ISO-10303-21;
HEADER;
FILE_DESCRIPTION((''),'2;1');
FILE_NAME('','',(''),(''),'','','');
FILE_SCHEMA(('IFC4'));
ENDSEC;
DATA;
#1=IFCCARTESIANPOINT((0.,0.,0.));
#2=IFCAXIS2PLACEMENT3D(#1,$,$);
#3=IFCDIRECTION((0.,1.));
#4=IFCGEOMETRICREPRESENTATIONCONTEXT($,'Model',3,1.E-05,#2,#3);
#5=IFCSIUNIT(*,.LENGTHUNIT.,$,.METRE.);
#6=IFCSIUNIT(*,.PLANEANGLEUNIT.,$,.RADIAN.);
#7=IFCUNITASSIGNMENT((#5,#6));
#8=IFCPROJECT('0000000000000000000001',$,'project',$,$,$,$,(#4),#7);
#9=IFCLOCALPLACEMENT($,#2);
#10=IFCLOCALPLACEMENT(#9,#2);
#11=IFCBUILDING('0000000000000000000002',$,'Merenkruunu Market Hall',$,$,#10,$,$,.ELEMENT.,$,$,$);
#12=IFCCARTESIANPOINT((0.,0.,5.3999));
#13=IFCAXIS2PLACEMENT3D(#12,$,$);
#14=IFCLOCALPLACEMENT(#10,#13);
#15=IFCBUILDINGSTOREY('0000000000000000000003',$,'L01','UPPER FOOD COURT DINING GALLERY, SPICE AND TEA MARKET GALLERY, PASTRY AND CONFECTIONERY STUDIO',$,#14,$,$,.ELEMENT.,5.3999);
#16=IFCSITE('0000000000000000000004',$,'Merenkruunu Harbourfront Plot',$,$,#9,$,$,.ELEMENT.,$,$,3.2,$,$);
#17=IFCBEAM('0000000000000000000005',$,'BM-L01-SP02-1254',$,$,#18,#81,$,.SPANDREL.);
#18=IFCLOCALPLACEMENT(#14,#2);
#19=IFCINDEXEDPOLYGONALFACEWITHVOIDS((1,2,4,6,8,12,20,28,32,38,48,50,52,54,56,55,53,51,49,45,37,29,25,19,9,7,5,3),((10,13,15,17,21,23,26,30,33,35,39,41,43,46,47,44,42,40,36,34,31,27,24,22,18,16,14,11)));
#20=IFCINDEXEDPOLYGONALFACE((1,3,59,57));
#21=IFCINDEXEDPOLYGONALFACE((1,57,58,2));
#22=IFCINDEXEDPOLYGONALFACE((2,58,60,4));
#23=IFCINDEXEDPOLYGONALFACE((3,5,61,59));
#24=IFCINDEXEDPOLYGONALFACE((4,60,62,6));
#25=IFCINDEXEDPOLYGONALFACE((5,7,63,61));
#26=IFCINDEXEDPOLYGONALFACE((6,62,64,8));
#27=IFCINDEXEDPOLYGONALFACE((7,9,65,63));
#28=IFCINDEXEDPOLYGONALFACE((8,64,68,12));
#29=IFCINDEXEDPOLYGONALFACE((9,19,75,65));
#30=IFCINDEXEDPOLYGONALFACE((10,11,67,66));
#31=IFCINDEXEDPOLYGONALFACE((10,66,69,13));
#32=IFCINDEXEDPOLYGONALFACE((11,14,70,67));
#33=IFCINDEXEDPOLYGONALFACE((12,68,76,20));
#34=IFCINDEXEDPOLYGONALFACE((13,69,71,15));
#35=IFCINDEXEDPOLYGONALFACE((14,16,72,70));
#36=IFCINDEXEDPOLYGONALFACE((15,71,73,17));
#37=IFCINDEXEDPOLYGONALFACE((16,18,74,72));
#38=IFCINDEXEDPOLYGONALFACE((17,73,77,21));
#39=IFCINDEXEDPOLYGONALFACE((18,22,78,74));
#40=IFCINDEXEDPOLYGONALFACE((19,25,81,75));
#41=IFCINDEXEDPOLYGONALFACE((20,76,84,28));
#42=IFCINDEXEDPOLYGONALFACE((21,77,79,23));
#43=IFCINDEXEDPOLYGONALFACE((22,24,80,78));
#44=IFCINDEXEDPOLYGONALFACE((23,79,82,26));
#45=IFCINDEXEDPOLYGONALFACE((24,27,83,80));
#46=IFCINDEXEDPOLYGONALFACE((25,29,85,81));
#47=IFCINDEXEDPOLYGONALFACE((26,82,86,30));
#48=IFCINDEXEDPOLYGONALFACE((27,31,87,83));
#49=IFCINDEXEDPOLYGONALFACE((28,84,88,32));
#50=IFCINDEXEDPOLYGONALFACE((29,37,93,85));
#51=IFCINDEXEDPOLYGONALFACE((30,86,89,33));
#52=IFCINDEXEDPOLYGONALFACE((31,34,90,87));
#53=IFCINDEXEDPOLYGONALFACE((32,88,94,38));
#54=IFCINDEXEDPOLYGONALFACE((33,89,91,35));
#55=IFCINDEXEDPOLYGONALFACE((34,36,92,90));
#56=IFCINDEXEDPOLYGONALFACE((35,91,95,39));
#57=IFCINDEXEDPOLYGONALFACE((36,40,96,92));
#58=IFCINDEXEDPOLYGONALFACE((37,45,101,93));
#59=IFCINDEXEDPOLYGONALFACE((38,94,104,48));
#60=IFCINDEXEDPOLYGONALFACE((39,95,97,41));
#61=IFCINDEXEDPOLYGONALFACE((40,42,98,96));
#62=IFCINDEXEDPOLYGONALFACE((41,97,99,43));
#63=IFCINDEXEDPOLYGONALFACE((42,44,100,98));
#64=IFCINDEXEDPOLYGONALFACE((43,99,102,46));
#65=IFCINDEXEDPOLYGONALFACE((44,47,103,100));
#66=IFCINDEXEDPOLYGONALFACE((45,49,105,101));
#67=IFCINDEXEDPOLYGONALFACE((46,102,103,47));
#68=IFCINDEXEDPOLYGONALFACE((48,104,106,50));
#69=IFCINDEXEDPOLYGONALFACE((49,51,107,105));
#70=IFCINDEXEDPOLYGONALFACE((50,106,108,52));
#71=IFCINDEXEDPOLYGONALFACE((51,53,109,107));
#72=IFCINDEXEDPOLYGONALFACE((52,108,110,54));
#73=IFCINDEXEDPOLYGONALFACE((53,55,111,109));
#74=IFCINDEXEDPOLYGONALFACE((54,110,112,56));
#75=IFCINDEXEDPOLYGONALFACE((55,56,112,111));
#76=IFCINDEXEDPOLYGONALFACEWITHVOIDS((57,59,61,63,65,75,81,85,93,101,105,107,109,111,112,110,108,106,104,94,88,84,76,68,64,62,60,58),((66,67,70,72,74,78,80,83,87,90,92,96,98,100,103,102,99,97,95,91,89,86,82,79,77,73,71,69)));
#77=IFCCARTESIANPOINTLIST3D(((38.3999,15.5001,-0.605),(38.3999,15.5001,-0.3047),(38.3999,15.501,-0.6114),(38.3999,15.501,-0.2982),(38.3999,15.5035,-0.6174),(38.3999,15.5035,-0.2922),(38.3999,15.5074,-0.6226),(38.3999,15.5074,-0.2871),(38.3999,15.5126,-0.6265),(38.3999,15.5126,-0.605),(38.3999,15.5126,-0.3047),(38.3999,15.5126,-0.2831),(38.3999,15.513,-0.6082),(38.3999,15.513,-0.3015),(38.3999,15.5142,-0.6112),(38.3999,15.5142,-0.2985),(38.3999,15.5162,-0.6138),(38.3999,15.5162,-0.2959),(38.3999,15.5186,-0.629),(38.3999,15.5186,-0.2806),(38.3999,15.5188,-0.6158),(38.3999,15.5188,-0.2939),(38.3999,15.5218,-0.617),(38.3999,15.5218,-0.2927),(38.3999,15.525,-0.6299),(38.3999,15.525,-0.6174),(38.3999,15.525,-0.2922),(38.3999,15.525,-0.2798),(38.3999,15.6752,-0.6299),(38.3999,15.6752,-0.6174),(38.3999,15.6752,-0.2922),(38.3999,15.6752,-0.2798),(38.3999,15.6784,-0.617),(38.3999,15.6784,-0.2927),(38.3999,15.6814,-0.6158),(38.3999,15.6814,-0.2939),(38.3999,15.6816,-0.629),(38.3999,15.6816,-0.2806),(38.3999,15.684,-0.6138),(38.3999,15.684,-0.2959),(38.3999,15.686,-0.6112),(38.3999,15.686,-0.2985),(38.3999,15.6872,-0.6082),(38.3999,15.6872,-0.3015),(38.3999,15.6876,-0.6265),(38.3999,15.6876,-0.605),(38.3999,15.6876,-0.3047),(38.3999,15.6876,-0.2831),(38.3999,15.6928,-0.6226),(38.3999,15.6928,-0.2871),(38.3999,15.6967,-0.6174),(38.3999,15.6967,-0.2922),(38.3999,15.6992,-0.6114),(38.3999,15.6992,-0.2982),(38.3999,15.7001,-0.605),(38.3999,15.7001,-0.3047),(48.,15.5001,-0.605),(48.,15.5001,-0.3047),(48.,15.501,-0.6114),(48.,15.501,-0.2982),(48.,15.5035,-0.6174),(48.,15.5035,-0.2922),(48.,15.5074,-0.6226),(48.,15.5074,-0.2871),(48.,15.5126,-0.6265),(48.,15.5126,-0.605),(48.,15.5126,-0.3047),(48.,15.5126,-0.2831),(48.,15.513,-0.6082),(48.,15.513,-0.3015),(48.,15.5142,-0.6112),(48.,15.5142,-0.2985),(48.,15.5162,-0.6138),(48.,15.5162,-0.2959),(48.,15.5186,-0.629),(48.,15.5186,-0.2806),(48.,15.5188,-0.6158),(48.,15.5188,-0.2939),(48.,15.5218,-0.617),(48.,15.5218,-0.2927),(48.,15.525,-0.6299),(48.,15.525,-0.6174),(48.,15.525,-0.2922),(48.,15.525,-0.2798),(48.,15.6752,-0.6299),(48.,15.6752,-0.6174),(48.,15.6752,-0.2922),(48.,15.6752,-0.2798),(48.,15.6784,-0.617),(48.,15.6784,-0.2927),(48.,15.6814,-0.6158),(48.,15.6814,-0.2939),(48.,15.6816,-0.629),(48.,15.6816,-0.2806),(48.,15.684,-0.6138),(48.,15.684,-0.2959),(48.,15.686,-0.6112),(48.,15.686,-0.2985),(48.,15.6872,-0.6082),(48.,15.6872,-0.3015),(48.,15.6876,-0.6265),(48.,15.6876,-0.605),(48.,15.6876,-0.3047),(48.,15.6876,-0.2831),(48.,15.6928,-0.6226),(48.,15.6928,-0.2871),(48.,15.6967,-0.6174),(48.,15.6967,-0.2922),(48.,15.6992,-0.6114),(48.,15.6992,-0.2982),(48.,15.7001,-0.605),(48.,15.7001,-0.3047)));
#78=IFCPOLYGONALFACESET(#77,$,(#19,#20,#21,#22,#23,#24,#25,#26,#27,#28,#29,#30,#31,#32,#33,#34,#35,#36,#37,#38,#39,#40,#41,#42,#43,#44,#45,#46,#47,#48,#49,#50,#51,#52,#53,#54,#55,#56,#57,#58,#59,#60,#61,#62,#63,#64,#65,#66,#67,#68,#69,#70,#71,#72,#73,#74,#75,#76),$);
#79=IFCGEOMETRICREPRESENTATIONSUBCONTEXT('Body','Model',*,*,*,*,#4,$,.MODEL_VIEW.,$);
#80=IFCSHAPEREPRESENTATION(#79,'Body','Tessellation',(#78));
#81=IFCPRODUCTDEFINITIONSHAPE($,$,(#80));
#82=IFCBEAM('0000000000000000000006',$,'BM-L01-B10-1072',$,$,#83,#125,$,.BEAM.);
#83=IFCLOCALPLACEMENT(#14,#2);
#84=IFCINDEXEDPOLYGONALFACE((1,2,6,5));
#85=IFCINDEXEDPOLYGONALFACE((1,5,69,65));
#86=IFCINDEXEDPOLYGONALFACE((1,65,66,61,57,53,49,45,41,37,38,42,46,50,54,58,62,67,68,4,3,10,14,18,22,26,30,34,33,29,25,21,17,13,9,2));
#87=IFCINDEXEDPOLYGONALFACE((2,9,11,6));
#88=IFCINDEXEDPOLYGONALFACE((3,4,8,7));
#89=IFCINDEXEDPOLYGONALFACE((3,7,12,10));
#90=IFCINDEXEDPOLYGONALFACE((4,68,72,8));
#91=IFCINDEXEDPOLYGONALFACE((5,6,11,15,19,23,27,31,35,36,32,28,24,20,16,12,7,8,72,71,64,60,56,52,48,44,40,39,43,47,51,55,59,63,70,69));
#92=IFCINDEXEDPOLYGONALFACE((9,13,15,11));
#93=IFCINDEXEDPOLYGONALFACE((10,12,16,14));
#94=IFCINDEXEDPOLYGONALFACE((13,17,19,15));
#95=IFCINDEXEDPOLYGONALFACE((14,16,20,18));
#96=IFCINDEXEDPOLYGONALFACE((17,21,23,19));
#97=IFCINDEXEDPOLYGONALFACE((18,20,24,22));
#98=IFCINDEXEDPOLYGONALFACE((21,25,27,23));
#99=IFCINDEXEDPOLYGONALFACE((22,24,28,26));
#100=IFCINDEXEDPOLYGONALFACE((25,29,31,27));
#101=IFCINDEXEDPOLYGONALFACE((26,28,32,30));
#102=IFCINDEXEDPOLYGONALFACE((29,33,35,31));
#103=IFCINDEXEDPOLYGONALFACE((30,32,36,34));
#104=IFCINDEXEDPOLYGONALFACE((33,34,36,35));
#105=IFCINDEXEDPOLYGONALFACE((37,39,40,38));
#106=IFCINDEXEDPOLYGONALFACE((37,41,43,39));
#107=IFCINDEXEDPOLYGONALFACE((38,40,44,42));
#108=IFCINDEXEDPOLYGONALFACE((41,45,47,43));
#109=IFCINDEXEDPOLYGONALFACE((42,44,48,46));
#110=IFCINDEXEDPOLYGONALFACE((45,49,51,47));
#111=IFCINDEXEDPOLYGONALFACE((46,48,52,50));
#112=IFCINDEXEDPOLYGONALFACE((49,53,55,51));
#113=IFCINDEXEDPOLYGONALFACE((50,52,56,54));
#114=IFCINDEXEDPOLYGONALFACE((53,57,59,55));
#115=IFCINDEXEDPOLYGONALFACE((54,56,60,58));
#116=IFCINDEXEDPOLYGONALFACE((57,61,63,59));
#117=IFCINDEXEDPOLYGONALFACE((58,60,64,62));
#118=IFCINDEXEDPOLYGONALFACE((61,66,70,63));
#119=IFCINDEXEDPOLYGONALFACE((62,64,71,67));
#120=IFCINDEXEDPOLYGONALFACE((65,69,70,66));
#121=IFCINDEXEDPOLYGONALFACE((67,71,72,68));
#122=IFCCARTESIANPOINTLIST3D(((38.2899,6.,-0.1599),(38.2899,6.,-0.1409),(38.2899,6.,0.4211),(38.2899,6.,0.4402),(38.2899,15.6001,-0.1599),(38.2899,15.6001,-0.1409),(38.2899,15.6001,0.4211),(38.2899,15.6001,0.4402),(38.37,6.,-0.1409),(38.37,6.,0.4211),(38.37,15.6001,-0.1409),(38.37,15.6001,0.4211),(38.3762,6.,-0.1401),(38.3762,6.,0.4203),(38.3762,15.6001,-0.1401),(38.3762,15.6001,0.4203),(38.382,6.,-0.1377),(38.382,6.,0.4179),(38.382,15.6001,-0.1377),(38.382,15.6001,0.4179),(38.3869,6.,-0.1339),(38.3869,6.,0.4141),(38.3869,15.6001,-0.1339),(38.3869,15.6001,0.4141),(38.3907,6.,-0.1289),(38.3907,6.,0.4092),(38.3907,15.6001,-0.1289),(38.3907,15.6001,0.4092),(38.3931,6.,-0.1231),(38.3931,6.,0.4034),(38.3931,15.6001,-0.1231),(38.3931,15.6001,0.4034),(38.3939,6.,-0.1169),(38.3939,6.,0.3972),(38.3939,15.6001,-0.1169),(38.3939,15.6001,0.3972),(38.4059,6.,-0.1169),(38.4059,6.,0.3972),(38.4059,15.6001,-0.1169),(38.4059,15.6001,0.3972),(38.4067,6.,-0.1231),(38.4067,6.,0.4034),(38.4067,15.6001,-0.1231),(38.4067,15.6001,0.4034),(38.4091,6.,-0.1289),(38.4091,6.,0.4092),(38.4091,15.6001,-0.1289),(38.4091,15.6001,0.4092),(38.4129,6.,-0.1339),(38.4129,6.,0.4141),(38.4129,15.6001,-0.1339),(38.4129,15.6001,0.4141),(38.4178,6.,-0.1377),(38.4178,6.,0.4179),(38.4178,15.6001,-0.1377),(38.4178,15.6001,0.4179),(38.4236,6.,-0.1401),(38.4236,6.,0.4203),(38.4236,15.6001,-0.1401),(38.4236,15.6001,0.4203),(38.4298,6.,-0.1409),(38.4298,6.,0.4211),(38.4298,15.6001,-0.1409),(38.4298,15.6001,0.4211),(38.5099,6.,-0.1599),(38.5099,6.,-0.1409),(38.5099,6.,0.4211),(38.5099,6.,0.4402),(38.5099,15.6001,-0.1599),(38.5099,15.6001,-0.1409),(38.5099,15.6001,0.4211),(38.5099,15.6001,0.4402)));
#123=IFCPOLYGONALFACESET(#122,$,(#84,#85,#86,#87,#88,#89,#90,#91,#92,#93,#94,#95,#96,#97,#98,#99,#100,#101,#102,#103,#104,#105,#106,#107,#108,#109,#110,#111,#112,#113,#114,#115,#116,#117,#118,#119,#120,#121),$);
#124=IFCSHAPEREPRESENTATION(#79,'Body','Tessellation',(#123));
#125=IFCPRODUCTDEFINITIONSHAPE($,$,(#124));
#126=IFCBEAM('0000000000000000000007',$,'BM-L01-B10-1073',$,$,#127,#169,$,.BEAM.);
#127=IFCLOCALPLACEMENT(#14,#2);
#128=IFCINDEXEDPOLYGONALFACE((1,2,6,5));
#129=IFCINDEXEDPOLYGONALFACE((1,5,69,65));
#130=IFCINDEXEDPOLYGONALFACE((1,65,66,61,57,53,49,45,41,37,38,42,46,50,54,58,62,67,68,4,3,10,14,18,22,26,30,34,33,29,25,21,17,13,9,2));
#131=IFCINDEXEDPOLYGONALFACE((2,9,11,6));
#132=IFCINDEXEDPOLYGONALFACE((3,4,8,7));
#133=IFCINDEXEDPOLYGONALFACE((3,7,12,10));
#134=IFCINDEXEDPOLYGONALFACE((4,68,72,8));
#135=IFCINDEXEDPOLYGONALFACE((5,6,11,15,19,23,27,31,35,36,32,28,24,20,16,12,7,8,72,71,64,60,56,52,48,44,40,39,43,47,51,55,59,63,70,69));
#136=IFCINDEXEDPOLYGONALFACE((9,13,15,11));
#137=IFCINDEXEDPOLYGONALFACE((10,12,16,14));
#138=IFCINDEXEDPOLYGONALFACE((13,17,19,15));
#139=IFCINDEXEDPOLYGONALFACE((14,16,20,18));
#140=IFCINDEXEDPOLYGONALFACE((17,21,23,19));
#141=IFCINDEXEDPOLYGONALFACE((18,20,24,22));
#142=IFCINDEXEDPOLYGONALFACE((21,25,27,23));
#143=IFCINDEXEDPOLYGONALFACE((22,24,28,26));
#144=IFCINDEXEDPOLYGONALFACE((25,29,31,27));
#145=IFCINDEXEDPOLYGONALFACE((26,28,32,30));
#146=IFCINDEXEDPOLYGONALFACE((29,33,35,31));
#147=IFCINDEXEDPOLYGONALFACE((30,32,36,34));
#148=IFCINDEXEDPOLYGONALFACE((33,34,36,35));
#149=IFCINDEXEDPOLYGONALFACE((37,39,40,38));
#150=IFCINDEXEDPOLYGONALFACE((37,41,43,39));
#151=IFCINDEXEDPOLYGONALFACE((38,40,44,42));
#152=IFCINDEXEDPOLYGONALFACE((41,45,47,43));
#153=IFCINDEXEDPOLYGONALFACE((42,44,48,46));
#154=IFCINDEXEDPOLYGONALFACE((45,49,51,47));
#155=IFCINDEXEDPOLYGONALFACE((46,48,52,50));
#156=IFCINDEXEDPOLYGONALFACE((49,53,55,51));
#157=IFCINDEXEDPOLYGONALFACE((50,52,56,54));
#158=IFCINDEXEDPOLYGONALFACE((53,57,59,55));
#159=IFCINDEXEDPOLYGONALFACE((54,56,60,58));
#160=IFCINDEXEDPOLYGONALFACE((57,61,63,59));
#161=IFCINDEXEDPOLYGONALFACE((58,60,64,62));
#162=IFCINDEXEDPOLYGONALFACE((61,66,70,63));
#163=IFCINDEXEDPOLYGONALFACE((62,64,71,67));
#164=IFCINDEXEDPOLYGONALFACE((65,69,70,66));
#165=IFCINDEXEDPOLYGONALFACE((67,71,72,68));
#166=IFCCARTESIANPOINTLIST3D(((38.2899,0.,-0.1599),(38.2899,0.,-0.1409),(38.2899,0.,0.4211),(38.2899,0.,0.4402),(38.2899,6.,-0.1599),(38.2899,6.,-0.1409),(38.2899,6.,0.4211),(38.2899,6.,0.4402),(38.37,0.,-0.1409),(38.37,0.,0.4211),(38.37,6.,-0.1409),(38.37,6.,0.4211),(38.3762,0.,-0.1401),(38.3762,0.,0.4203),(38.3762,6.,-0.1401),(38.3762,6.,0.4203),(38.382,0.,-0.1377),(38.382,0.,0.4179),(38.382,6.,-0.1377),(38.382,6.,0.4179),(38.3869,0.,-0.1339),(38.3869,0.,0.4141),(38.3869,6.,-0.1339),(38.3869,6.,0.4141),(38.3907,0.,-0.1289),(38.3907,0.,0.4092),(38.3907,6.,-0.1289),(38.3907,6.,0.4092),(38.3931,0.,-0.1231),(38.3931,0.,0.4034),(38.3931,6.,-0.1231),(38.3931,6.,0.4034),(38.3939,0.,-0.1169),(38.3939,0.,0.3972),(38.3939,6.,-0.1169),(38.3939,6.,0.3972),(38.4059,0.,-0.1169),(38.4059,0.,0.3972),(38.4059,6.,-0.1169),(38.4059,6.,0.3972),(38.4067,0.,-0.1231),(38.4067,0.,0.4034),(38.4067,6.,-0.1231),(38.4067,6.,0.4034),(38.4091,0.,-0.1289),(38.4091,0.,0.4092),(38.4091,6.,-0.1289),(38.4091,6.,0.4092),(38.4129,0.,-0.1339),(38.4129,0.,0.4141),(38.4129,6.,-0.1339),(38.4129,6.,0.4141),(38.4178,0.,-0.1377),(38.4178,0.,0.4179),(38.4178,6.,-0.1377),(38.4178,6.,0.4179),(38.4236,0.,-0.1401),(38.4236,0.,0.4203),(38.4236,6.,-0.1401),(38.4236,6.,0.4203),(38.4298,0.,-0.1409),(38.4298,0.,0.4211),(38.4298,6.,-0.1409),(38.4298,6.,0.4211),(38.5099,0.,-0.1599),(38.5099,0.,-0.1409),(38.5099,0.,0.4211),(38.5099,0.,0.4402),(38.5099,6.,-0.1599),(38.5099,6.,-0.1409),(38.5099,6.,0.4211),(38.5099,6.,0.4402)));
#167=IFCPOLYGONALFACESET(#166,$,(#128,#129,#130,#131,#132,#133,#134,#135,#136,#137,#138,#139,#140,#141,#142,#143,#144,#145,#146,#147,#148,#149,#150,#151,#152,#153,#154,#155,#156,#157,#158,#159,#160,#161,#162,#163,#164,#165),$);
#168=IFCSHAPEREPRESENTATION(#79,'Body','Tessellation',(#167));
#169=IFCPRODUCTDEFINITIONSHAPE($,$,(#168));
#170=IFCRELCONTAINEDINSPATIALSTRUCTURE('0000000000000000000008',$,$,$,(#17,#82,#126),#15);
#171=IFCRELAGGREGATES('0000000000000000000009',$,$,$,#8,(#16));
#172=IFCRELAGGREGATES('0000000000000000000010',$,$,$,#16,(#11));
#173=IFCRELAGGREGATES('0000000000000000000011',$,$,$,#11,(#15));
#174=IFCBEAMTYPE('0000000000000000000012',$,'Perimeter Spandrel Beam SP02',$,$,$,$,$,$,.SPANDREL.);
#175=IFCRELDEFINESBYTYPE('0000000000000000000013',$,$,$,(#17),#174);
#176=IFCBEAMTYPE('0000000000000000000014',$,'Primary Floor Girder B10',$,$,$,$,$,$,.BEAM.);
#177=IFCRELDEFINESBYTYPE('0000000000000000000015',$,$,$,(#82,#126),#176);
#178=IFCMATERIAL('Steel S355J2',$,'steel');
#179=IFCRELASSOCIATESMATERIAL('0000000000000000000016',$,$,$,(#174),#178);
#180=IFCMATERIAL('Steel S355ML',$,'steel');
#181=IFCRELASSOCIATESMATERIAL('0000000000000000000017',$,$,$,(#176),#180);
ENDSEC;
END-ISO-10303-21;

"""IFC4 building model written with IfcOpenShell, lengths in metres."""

from ifc_helpers import new_model, si_unit, direction, frame, origin, origin_2d, place, context, subcontext, project, spatial, hollow_rectangle, i_section, extrude, material, material_profile, profile_set, type_object, element, save


model = new_model("IFC4")

# Units and contexts
model_context = context("Model", 3, precision=1e-05, world=origin(), true_north=direction((0.0, 1.0)))
body_context = subcontext(model_context, "Body", "Model", "MODEL_VIEW")
ifc_project = project(units=[si_unit("LENGTHUNIT", "METRE"), si_unit("PLANEANGLEUNIT", "RADIAN")], contexts=[model_context])

# Site, building, storey
site_placement = place(None, origin())
site = spatial("IfcSite", under=ifc_project, at=site_placement, Name="Merenkruunu Harbourfront Plot", CompositionType="ELEMENT", RefElevation=3.2)
building_placement = place(site_placement, origin())
building = spatial("IfcBuilding", under=site, at=building_placement, Name="Merenkruunu Market Hall", CompositionType="ELEMENT")
storey_placement = place(building_placement, frame((0.0, 0.0, 5.3999)))
storey = spatial("IfcBuildingStorey", under=building, at=storey_placement, Name="L01", Description="UPPER FOOD COURT DINING GALLERY, SPICE AND TEA MARKET GALLERY, PASTRY AND CONFECTIONERY STUDIO", CompositionType="ELEMENT", Elevation=5.3999)

# Shared definitions
ifc_material_1 = material(Name="Steel S355J2", Category="steel")

# Beams
ifc_material_2 = material(Name="Steel S355ML", Category="steel")
ifc_material_profile_1 = material_profile(ifc_material_1, hollow_rectangle(XDim=0.2, YDim=0.3501, WallThickness=0.0125, InnerFilletRadius=0.0125, OuterFilletRadius=0.0249, at=origin_2d()), Name="RHS 350x200x12.5")
ifc_profile_set_1 = profile_set([ifc_material_profile_1], Name="Steel S355J2")
beam_type_1 = type_object("IfcBeamType", Name="Perimeter Spandrel Beam SP02", PredefinedType="SPANDREL", material=ifc_profile_set_1)
beam_1_placement = place(storey_placement, frame((38.3999, 15.6001, -0.4548), z_axis=(1.0, 0.0, 0.0), x_axis=(0.0, 1.0, 0.0)))
element("IfcBeam", 1, at=beam_1_placement, inside=storey, type_object=beam_type_1, Name="BM-L01-SP02-1254", PredefinedType="SPANDREL", context=body_context, shape_type="SweptSolid", body=[
    extrude(hollow_rectangle(XDim=0.2, YDim=0.3501, WallThickness=0.0125, InnerFilletRadius=0.0125, OuterFilletRadius=0.0249, at=origin_2d()), origin(), (0.0, 0.0, 1.0), 9.6001),
])
ifc_material_profile_2 = material_profile(ifc_material_2, i_section(OverallWidth=0.22, OverallDepth=0.6001, WebThickness=0.012, FlangeThickness=0.019, FilletRadius=0.0239, at=origin_2d()), Name="IPE 600")
ifc_profile_set_2 = profile_set([ifc_material_profile_2], Name="Steel S355ML")
beam_type_2 = type_object("IfcBeamType", Name="Primary Floor Girder B10", PredefinedType="BEAM", material=ifc_profile_set_2)
beam_2_placement = place(storey_placement, frame((38.3999, 15.6001, 0.1401), z_axis=(0.0, -1.0, 0.0), x_axis=(1.0, 0.0, 0.0)))
element("IfcBeam", 2, at=beam_2_placement, inside=storey, type_object=beam_type_2, Name="BM-L01-B10-1072", PredefinedType="BEAM", context=body_context, shape_type="SweptSolid", body=[
    extrude(i_section(OverallWidth=0.22, OverallDepth=0.6001, WebThickness=0.012, FlangeThickness=0.019, FilletRadius=0.0239, at=origin_2d()), origin(), (0.0, 0.0, 1.0), 9.6001),
])
beam_3_placement = place(storey_placement, frame((38.3999, 6.0, 0.1401), z_axis=(0.0, -1.0, 0.0), x_axis=(1.0, 0.0, 0.0)))
element("IfcBeam", 3, at=beam_3_placement, inside=storey, type_object=beam_type_2, Name="BM-L01-B10-1073", PredefinedType="BEAM", context=body_context, shape_type="SweptSolid", body=[
    extrude(i_section(OverallWidth=0.22, OverallDepth=0.6001, WebThickness=0.012, FlangeThickness=0.019, FilletRadius=0.0239, at=origin_2d()), origin(), (0.0, 0.0, 1.0), 6.0),
])

save(model, "model.ifc")
